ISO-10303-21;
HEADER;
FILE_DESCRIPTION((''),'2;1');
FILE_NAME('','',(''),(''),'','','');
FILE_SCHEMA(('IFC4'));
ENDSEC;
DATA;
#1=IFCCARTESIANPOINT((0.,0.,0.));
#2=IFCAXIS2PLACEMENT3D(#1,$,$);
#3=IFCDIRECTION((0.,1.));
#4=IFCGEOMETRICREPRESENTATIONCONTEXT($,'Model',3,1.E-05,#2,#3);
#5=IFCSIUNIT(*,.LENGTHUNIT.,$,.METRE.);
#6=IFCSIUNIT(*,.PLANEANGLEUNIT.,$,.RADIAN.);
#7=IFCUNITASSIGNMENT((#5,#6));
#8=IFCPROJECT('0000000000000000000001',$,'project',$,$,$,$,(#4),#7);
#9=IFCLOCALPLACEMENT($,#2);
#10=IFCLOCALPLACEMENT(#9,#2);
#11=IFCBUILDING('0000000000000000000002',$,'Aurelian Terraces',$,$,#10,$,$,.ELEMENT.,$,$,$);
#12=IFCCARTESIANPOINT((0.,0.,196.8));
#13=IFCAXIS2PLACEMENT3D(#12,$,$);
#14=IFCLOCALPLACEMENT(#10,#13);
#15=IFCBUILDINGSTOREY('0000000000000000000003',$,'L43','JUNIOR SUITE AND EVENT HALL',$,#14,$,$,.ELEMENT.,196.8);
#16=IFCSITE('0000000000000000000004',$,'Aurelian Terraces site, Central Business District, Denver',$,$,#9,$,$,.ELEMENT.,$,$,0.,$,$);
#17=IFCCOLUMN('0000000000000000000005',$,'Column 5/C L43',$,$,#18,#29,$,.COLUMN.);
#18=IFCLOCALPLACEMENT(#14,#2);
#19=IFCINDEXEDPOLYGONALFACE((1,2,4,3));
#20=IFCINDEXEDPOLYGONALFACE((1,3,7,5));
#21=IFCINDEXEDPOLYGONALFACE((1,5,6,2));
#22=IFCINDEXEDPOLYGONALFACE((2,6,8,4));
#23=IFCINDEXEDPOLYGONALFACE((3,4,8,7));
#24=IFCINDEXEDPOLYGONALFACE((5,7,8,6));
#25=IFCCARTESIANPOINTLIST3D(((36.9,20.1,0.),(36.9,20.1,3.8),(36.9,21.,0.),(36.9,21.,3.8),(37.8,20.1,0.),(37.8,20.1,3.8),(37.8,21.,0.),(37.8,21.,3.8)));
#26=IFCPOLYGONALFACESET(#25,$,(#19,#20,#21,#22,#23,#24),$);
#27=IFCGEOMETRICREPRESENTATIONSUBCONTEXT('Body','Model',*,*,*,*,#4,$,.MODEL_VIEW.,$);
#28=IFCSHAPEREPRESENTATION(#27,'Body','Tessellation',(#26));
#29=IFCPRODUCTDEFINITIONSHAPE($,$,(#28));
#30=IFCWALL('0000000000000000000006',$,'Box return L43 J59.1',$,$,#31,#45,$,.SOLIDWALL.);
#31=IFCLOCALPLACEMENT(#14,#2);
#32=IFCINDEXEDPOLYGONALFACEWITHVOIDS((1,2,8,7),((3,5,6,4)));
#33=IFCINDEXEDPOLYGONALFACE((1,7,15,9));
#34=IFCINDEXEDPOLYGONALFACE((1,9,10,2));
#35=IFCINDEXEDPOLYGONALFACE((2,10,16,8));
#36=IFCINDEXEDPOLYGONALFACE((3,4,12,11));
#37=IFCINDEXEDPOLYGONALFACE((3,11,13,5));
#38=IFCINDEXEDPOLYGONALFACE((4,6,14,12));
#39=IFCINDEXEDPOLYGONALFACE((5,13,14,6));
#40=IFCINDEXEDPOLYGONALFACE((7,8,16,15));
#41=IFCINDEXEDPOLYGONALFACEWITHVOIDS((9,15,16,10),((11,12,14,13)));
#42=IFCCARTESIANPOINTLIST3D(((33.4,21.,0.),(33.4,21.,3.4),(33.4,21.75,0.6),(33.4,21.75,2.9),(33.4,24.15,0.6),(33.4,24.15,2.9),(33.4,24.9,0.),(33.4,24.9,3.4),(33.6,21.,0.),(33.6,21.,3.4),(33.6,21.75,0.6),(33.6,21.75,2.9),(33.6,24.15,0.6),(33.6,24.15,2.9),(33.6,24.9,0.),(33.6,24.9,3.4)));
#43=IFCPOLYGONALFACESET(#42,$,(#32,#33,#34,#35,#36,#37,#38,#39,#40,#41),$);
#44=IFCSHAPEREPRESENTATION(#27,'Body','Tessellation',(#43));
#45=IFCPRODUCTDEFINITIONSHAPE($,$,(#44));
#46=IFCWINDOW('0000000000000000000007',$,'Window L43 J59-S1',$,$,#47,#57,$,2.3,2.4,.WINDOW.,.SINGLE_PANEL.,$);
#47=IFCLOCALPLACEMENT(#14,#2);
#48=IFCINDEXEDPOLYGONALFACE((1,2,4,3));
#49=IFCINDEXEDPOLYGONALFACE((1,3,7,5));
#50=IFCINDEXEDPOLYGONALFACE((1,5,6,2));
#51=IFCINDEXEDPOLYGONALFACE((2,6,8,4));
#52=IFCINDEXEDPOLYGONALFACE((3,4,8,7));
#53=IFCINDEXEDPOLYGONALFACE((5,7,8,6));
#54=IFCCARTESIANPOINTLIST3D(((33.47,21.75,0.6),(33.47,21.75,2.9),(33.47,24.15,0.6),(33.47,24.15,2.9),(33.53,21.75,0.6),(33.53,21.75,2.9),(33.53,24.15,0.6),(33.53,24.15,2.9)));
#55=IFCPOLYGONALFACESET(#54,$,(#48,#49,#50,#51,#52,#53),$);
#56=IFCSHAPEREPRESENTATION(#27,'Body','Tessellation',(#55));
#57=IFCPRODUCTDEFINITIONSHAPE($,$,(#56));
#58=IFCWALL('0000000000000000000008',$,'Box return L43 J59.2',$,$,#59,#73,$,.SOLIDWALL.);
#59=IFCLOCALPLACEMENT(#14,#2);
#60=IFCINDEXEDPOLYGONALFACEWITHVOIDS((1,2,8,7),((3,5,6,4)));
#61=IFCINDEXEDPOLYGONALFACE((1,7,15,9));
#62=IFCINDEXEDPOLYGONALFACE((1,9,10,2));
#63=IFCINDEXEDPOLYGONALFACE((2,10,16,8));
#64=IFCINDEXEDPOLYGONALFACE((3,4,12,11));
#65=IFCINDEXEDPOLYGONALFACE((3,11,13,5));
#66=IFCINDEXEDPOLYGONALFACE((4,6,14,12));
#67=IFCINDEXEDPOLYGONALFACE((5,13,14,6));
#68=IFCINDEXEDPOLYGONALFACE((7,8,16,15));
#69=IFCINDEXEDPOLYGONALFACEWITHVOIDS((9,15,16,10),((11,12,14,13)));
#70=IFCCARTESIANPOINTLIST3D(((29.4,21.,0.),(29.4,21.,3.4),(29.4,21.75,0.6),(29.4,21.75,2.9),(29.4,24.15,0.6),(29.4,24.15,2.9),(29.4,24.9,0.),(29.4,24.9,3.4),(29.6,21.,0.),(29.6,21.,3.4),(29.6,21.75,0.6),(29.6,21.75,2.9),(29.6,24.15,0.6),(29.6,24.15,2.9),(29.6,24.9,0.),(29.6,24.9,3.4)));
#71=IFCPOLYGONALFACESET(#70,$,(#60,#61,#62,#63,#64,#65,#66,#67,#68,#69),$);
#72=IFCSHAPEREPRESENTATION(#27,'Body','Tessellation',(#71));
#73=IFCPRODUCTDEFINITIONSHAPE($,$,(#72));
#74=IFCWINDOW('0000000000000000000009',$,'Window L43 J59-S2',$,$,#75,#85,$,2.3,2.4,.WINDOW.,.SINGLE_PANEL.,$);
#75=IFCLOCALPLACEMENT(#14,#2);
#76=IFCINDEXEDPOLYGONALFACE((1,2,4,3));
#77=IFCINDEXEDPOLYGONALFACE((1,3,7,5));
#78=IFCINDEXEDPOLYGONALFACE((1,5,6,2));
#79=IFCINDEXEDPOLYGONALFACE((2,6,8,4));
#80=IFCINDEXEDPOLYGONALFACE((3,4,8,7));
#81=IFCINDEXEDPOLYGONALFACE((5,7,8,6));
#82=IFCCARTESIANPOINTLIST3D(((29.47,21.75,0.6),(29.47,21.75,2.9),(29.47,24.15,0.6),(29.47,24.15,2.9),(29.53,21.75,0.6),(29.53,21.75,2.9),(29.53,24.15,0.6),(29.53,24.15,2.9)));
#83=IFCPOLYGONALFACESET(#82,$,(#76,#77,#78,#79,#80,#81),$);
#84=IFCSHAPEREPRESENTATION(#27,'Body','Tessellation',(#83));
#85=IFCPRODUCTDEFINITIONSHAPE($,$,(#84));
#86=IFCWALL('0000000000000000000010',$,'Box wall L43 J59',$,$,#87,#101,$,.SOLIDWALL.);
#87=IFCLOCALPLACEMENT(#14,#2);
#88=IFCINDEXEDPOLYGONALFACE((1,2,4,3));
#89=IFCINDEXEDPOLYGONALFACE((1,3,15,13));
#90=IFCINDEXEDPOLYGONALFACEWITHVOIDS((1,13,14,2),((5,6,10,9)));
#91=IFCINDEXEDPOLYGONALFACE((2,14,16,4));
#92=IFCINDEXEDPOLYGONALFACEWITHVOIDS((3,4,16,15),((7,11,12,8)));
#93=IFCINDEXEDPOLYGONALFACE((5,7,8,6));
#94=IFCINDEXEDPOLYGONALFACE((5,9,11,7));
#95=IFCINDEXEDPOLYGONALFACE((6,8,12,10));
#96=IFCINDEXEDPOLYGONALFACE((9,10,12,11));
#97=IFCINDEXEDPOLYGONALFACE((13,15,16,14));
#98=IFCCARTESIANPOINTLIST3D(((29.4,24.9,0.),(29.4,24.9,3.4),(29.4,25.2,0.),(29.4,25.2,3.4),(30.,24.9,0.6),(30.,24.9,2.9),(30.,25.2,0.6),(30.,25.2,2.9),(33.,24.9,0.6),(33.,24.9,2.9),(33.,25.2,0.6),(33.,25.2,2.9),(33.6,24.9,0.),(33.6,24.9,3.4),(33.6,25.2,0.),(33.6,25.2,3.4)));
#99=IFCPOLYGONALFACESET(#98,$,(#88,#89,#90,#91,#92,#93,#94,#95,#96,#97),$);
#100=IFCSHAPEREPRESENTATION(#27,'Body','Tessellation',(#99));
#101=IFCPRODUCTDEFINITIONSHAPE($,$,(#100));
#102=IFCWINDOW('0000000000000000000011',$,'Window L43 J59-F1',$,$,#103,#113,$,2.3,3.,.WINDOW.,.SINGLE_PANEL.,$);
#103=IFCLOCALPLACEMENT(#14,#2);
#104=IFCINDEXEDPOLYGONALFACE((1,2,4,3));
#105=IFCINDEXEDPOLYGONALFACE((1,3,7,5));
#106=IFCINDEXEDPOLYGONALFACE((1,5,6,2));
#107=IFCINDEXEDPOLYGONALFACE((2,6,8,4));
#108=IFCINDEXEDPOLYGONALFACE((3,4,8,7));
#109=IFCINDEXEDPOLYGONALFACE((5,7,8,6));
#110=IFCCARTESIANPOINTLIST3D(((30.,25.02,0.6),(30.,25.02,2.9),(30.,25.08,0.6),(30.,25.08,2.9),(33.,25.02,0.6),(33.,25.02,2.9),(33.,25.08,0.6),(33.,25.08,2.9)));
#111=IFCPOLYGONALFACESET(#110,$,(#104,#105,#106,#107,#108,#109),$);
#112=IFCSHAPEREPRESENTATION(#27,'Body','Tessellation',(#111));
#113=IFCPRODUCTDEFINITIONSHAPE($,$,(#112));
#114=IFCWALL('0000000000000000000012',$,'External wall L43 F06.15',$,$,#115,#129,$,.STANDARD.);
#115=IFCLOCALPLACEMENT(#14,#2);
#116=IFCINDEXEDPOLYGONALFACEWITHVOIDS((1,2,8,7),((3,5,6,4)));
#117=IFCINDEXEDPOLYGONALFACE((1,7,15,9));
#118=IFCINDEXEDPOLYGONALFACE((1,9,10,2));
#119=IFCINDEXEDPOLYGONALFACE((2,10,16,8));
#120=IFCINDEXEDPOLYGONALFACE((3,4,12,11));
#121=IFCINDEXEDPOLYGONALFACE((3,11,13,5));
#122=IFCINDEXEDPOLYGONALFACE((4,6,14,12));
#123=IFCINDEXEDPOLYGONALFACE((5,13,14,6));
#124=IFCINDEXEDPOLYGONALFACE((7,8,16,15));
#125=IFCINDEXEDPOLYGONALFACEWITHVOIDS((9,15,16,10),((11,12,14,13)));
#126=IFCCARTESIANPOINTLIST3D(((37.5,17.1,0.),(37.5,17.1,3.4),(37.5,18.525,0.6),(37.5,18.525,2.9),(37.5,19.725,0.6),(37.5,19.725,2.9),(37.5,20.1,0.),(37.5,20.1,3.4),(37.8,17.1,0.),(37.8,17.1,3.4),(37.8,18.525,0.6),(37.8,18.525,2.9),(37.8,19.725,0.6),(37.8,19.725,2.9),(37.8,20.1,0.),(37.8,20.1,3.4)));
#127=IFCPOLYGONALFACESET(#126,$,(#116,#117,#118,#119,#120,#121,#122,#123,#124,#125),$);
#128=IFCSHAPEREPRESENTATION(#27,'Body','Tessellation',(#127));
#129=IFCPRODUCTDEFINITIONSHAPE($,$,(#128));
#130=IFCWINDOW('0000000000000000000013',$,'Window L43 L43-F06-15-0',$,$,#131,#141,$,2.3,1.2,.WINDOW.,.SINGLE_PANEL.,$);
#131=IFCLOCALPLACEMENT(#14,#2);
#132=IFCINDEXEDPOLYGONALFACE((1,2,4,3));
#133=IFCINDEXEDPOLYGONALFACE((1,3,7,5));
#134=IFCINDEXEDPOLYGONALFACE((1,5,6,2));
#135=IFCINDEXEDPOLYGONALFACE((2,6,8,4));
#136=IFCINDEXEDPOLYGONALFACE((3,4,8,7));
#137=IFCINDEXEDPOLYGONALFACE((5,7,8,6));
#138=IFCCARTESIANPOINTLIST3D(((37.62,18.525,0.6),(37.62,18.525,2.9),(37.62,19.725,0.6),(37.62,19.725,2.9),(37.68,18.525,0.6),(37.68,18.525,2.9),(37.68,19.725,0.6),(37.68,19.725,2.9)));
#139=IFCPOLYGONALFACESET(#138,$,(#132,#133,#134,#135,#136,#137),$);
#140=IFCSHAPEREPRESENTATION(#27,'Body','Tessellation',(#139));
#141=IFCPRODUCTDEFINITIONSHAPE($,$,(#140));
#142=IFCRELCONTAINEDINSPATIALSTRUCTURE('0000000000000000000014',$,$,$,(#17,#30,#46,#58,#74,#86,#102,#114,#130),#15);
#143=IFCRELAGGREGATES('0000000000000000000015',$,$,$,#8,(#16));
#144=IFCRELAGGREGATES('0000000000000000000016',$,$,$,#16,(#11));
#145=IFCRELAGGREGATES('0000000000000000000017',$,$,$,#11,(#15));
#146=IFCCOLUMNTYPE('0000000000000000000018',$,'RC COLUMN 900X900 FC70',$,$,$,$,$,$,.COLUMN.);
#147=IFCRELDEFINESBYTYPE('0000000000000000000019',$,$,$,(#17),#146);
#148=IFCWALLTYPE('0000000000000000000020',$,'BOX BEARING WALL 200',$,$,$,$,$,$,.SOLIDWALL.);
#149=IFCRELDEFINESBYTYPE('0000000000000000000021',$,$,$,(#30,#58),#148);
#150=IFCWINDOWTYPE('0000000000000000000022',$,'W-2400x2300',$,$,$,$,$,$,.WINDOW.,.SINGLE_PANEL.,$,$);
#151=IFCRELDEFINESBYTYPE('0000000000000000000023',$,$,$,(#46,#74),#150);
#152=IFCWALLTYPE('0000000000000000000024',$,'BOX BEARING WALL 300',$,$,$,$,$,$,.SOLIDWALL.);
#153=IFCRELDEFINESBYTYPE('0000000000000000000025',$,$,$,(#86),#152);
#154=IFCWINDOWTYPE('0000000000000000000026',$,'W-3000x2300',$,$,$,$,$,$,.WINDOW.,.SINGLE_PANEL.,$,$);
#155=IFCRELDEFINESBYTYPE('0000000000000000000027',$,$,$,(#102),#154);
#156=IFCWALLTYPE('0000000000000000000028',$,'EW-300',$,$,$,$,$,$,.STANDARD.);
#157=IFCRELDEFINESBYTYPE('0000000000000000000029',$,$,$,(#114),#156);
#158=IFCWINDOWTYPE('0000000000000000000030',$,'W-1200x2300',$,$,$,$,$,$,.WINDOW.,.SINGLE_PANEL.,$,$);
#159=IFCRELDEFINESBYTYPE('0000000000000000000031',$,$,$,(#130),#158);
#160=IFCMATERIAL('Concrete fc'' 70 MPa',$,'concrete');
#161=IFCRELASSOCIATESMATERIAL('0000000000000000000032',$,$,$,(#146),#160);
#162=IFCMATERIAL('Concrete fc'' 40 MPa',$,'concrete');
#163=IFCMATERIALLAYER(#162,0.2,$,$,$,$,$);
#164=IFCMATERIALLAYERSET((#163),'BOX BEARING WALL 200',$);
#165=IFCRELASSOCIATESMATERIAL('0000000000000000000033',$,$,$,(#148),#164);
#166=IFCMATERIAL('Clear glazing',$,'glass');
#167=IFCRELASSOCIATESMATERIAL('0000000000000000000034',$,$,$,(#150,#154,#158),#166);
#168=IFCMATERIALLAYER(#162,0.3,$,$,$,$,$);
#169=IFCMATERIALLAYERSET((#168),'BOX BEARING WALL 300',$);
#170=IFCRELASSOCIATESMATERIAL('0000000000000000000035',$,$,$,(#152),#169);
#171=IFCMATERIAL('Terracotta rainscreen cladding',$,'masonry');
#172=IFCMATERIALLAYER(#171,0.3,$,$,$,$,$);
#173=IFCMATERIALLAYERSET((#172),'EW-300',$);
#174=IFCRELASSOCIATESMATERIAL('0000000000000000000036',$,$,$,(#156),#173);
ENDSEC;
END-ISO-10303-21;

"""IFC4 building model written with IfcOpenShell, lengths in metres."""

from ifc_helpers import new_model, si_unit, direction, frame, frame_2d, origin, origin_2d, place, context, subcontext, project, spatial, rectangle, extrude, source, transform, mapped, material, layer, layer_set, material_profile, profile_set, type_object, element, fill, save


model = new_model("IFC4")

# Units and contexts
model_context = context("Model", 3, precision=1e-05, world=origin(), true_north=direction((0.0, 1.0)))
body_context = subcontext(model_context, "Body", "Model", "MODEL_VIEW")
ifc_project = project(units=[si_unit("LENGTHUNIT", "METRE"), si_unit("PLANEANGLEUNIT", "RADIAN")], contexts=[model_context])

# Site, building, storey
site_placement = place(None, origin())
site = spatial("IfcSite", under=ifc_project, at=site_placement, Name="Aurelian Terraces site, Central Business District, Denver", CompositionType="ELEMENT", RefElevation=0.0)
building_placement = place(site_placement, origin())
building = spatial("IfcBuilding", under=site, at=building_placement, Name="Aurelian Terraces", CompositionType="ELEMENT")
storey_placement = place(building_placement, frame((0.0, 0.0, 196.8)))
storey = spatial("IfcBuildingStorey", under=building, at=storey_placement, Name="L43", Description="JUNIOR SUITE AND EVENT HALL", CompositionType="ELEMENT", Elevation=196.8)

# Column
ifc_material_1 = material(Name="Concrete fc' 70 MPa", Category="concrete")
ifc_material_profile = material_profile(ifc_material_1, rectangle(XDim=0.9, YDim=0.9, at=origin_2d()))
ifc_profile_set = profile_set([ifc_material_profile], Name="Concrete fc' 70 MPa")
column_type = type_object("IfcColumnType", Name="RC COLUMN 900X900 FC70", PredefinedType="COLUMN", material=ifc_profile_set)
shared_shape_1 = source(origin(), body_context, "Body", "SweptSolid", [
    extrude(rectangle(XDim=0.9, YDim=0.9, at=origin_2d()), origin(), (0.0, 0.0, 1.0), 3.8),
])
column_placement = place(storey_placement, frame((37.35, 20.55, 0.0), z_axis=(0.0, 0.0, 1.0), x_axis=(1.0, 0.0, 0.0)))
element("IfcColumn", 1, at=column_placement, inside=storey, type_object=column_type, Name="Column 5/C L43", PredefinedType="COLUMN", context=body_context, shape_type="MappedRepresentation", body=[
    mapped(shared_shape_1, transform((0.0, 0.0, 0.0), scale=1.0)),
])

# Walls, openings, windows
ifc_material_2 = material(Name="Concrete fc' 40 MPa", Category="concrete")
ifc_layer_1 = layer(ifc_material_2, 0.2)
ifc_layer_set_1 = layer_set([ifc_layer_1], Name="BOX BEARING WALL 200")
wall_type_1 = type_object("IfcWallType", Name="BOX BEARING WALL 200", PredefinedType="SOLIDWALL", material=ifc_layer_set_1)
shared_shape_2 = source(origin(), body_context, "Body", "SweptSolid", [
    extrude(rectangle(XDim=3.9, YDim=0.2, at=frame_2d((1.95, 0.0))), origin(), (0.0, 0.0, 1.0), 3.4),
])
wall_1_placement = place(storey_placement, frame((33.5, 21.0, 0.0), z_axis=(0.0, 0.0, 1.0), x_axis=(0.0, 1.0, 0.0)))
wall_1 = element("IfcWall", 2, at=wall_1_placement, inside=storey, type_object=wall_type_1, Name="Box return L43 J59.1", PredefinedType="SOLIDWALL", context=body_context, shape_type="MappedRepresentation", body=[
    mapped(shared_shape_2, transform((0.0, 0.0, 0.0), scale=1.0)),
])
shared_shape_3 = source(origin(), body_context, "Body", "SweptSolid", [
    extrude(rectangle(XDim=2.4, YDim=2.3, at=frame_2d((1.2, 1.15))), frame((0.0, 0.11, 0.0), z_axis=(0.0, -1.0, 0.0), x_axis=(1.0, 0.0, 0.0)), (0.0, 0.0, 1.0), 0.22),
])
opening_1_placement = place(wall_1_placement, frame((0.75, 0.0, 0.6)))
opening_1 = element("IfcOpeningElement", 3, at=opening_1_placement, cuts=wall_1, PredefinedType="OPENING", context=body_context, shape_type="MappedRepresentation", body=[
    mapped(shared_shape_3, transform((0.0, 0.0, 0.0), scale=1.0)),
])
ifc_material_3 = material(Name="Clear glazing", Category="glass")
window_type_1 = type_object("IfcWindowType", Name="W-2400x2300", PartitioningType="SINGLE_PANEL", PredefinedType="WINDOW", material=ifc_material_3)
shared_shape_4 = source(origin(), body_context, "Body", "SweptSolid", [
    extrude(rectangle(XDim=2.4, YDim=2.3, at=frame_2d((1.2, 1.15))), frame((0.0, 0.03, 0.0), z_axis=(0.0, -1.0, 0.0), x_axis=(1.0, 0.0, 0.0)), (0.0, 0.0, 1.0), 0.06),
])
window_1_placement = place(opening_1_placement, origin())
window_1 = element("IfcWindow", 4, at=window_1_placement, inside=storey, type_object=window_type_1, Name="Window L43 J59-S1", OverallHeight=2.3, OverallWidth=2.4, PartitioningType="SINGLE_PANEL", PredefinedType="WINDOW", context=body_context, shape_type="MappedRepresentation", body=[
    mapped(shared_shape_4, transform((0.0, 0.0, 0.0), scale=1.0)),
])
fill(opening_1, window_1)
wall_2_placement = place(storey_placement, frame((29.5, 21.0, 0.0), z_axis=(0.0, 0.0, 1.0), x_axis=(0.0, 1.0, 0.0)))
wall_2 = element("IfcWall", 5, at=wall_2_placement, inside=storey, type_object=wall_type_1, Name="Box return L43 J59.2", PredefinedType="SOLIDWALL", context=body_context, shape_type="MappedRepresentation", body=[
    mapped(shared_shape_2, transform((0.0, 0.0, 0.0), scale=1.0)),
])
opening_2_placement = place(wall_2_placement, frame((0.75, 0.0, 0.6)))
opening_2 = element("IfcOpeningElement", 6, at=opening_2_placement, cuts=wall_2, PredefinedType="OPENING", context=body_context, shape_type="MappedRepresentation", body=[
    mapped(shared_shape_3, transform((0.0, 0.0, 0.0), scale=1.0)),
])
window_2_placement = place(opening_2_placement, origin())
window_2 = element("IfcWindow", 7, at=window_2_placement, inside=storey, type_object=window_type_1, Name="Window L43 J59-S2", OverallHeight=2.3, OverallWidth=2.4, PartitioningType="SINGLE_PANEL", PredefinedType="WINDOW", context=body_context, shape_type="MappedRepresentation", body=[
    mapped(shared_shape_4, transform((0.0, 0.0, 0.0), scale=1.0)),
])
fill(opening_2, window_2)
ifc_layer_2 = layer(ifc_material_2, 0.3)
ifc_layer_set_2 = layer_set([ifc_layer_2], Name="BOX BEARING WALL 300")
wall_type_2 = type_object("IfcWallType", Name="BOX BEARING WALL 300", PredefinedType="SOLIDWALL", material=ifc_layer_set_2)
shared_shape_5 = source(origin(), body_context, "Body", "SweptSolid", [
    extrude(rectangle(XDim=4.2, YDim=0.3, at=frame_2d((2.1, 0.0))), origin(), (0.0, 0.0, 1.0), 3.4),
])
wall_3_placement = place(storey_placement, frame((33.6, 25.05, 0.0), z_axis=(0.0, 0.0, 1.0), x_axis=(-1.0, 0.0, 0.0)))
wall_3 = element("IfcWall", 8, at=wall_3_placement, inside=storey, type_object=wall_type_2, Name="Box wall L43 J59", PredefinedType="SOLIDWALL", context=body_context, shape_type="MappedRepresentation", body=[
    mapped(shared_shape_5, transform((0.0, 0.0, 0.0), scale=1.0)),
])
shared_shape_6 = source(origin(), body_context, "Body", "SweptSolid", [
    extrude(rectangle(XDim=3.0, YDim=2.3, at=frame_2d((1.5, 1.15))), frame((0.0, 0.16, 0.0), z_axis=(0.0, -1.0, 0.0), x_axis=(1.0, 0.0, 0.0)), (0.0, 0.0, 1.0), 0.32),
])
opening_3_placement = place(wall_3_placement, frame((0.6, 0.0, 0.6)))
opening_3 = element("IfcOpeningElement", 9, at=opening_3_placement, cuts=wall_3, PredefinedType="OPENING", context=body_context, shape_type="MappedRepresentation", body=[
    mapped(shared_shape_6, transform((0.0, 0.0, 0.0), scale=1.0)),
])
window_type_2 = type_object("IfcWindowType", Name="W-3000x2300", PartitioningType="SINGLE_PANEL", PredefinedType="WINDOW", material=ifc_material_3)
shared_shape_7 = source(origin(), body_context, "Body", "SweptSolid", [
    extrude(rectangle(XDim=3.0, YDim=2.3, at=frame_2d((1.5, 1.15))), frame((0.0, 0.03, 0.0), z_axis=(0.0, -1.0, 0.0), x_axis=(1.0, 0.0, 0.0)), (0.0, 0.0, 1.0), 0.06),
])
window_3_placement = place(opening_3_placement, origin())
window_3 = element("IfcWindow", 10, at=window_3_placement, inside=storey, type_object=window_type_2, Name="Window L43 J59-F1", OverallHeight=2.3, OverallWidth=3.0, PartitioningType="SINGLE_PANEL", PredefinedType="WINDOW", context=body_context, shape_type="MappedRepresentation", body=[
    mapped(shared_shape_7, transform((0.0, 0.0, 0.0), scale=1.0)),
])
fill(opening_3, window_3)
ifc_material_4 = material(Name="Terracotta rainscreen cladding", Category="masonry")
ifc_layer_3 = layer(ifc_material_4, 0.3)
ifc_layer_set_3 = layer_set([ifc_layer_3], Name="EW-300")
wall_type_3 = type_object("IfcWallType", Name="EW-300", PredefinedType="STANDARD", material=ifc_layer_set_3)
shared_shape_8 = source(origin(), body_context, "Body", "SweptSolid", [
    extrude(rectangle(XDim=3.0, YDim=0.3, at=frame_2d((1.5, 0.0))), origin(), (0.0, 0.0, 1.0), 3.4),
])
wall_4_placement = place(storey_placement, frame((37.65, 17.1, 0.0), z_axis=(0.0, 0.0, 1.0), x_axis=(0.0, 1.0, 0.0)))
wall_4 = element("IfcWall", 11, at=wall_4_placement, inside=storey, type_object=wall_type_3, Name="External wall L43 F06.15", PredefinedType="STANDARD", context=body_context, shape_type="MappedRepresentation", body=[
    mapped(shared_shape_8, transform((0.0, 0.0, 0.0), scale=1.0)),
])
shared_shape_9 = source(origin(), body_context, "Body", "SweptSolid", [
    extrude(rectangle(XDim=1.2, YDim=2.3, at=frame_2d((0.6, 1.15))), frame((0.0, 0.16, 0.0), z_axis=(0.0, -1.0, 0.0), x_axis=(1.0, 0.0, 0.0)), (0.0, 0.0, 1.0), 0.32),
])
opening_4_placement = place(wall_4_placement, frame((1.425, 0.0, 0.6)))
opening_4 = element("IfcOpeningElement", 12, at=opening_4_placement, cuts=wall_4, PredefinedType="OPENING", context=body_context, shape_type="MappedRepresentation", body=[
    mapped(shared_shape_9, transform((0.0, 0.0, 0.0), scale=1.0)),
])
window_type_3 = type_object("IfcWindowType", Name="W-1200x2300", PartitioningType="SINGLE_PANEL", PredefinedType="WINDOW", material=ifc_material_3)
shared_shape_10 = source(origin(), body_context, "Body", "SweptSolid", [
    extrude(rectangle(XDim=1.2, YDim=2.3, at=frame_2d((0.6, 1.15))), frame((0.0, 0.03, 0.0), z_axis=(0.0, -1.0, 0.0), x_axis=(1.0, 0.0, 0.0)), (0.0, 0.0, 1.0), 0.06),
])
window_4_placement = place(opening_4_placement, origin())
window_4 = element("IfcWindow", 13, at=window_4_placement, inside=storey, type_object=window_type_3, Name="Window L43 L43-F06-15-0", OverallHeight=2.3, OverallWidth=1.2, PartitioningType="SINGLE_PANEL", PredefinedType="WINDOW", context=body_context, shape_type="MappedRepresentation", body=[
    mapped(shared_shape_10, transform((0.0, 0.0, 0.0), scale=1.0)),
])
fill(opening_4, window_4)

save(model, "model.ifc")
